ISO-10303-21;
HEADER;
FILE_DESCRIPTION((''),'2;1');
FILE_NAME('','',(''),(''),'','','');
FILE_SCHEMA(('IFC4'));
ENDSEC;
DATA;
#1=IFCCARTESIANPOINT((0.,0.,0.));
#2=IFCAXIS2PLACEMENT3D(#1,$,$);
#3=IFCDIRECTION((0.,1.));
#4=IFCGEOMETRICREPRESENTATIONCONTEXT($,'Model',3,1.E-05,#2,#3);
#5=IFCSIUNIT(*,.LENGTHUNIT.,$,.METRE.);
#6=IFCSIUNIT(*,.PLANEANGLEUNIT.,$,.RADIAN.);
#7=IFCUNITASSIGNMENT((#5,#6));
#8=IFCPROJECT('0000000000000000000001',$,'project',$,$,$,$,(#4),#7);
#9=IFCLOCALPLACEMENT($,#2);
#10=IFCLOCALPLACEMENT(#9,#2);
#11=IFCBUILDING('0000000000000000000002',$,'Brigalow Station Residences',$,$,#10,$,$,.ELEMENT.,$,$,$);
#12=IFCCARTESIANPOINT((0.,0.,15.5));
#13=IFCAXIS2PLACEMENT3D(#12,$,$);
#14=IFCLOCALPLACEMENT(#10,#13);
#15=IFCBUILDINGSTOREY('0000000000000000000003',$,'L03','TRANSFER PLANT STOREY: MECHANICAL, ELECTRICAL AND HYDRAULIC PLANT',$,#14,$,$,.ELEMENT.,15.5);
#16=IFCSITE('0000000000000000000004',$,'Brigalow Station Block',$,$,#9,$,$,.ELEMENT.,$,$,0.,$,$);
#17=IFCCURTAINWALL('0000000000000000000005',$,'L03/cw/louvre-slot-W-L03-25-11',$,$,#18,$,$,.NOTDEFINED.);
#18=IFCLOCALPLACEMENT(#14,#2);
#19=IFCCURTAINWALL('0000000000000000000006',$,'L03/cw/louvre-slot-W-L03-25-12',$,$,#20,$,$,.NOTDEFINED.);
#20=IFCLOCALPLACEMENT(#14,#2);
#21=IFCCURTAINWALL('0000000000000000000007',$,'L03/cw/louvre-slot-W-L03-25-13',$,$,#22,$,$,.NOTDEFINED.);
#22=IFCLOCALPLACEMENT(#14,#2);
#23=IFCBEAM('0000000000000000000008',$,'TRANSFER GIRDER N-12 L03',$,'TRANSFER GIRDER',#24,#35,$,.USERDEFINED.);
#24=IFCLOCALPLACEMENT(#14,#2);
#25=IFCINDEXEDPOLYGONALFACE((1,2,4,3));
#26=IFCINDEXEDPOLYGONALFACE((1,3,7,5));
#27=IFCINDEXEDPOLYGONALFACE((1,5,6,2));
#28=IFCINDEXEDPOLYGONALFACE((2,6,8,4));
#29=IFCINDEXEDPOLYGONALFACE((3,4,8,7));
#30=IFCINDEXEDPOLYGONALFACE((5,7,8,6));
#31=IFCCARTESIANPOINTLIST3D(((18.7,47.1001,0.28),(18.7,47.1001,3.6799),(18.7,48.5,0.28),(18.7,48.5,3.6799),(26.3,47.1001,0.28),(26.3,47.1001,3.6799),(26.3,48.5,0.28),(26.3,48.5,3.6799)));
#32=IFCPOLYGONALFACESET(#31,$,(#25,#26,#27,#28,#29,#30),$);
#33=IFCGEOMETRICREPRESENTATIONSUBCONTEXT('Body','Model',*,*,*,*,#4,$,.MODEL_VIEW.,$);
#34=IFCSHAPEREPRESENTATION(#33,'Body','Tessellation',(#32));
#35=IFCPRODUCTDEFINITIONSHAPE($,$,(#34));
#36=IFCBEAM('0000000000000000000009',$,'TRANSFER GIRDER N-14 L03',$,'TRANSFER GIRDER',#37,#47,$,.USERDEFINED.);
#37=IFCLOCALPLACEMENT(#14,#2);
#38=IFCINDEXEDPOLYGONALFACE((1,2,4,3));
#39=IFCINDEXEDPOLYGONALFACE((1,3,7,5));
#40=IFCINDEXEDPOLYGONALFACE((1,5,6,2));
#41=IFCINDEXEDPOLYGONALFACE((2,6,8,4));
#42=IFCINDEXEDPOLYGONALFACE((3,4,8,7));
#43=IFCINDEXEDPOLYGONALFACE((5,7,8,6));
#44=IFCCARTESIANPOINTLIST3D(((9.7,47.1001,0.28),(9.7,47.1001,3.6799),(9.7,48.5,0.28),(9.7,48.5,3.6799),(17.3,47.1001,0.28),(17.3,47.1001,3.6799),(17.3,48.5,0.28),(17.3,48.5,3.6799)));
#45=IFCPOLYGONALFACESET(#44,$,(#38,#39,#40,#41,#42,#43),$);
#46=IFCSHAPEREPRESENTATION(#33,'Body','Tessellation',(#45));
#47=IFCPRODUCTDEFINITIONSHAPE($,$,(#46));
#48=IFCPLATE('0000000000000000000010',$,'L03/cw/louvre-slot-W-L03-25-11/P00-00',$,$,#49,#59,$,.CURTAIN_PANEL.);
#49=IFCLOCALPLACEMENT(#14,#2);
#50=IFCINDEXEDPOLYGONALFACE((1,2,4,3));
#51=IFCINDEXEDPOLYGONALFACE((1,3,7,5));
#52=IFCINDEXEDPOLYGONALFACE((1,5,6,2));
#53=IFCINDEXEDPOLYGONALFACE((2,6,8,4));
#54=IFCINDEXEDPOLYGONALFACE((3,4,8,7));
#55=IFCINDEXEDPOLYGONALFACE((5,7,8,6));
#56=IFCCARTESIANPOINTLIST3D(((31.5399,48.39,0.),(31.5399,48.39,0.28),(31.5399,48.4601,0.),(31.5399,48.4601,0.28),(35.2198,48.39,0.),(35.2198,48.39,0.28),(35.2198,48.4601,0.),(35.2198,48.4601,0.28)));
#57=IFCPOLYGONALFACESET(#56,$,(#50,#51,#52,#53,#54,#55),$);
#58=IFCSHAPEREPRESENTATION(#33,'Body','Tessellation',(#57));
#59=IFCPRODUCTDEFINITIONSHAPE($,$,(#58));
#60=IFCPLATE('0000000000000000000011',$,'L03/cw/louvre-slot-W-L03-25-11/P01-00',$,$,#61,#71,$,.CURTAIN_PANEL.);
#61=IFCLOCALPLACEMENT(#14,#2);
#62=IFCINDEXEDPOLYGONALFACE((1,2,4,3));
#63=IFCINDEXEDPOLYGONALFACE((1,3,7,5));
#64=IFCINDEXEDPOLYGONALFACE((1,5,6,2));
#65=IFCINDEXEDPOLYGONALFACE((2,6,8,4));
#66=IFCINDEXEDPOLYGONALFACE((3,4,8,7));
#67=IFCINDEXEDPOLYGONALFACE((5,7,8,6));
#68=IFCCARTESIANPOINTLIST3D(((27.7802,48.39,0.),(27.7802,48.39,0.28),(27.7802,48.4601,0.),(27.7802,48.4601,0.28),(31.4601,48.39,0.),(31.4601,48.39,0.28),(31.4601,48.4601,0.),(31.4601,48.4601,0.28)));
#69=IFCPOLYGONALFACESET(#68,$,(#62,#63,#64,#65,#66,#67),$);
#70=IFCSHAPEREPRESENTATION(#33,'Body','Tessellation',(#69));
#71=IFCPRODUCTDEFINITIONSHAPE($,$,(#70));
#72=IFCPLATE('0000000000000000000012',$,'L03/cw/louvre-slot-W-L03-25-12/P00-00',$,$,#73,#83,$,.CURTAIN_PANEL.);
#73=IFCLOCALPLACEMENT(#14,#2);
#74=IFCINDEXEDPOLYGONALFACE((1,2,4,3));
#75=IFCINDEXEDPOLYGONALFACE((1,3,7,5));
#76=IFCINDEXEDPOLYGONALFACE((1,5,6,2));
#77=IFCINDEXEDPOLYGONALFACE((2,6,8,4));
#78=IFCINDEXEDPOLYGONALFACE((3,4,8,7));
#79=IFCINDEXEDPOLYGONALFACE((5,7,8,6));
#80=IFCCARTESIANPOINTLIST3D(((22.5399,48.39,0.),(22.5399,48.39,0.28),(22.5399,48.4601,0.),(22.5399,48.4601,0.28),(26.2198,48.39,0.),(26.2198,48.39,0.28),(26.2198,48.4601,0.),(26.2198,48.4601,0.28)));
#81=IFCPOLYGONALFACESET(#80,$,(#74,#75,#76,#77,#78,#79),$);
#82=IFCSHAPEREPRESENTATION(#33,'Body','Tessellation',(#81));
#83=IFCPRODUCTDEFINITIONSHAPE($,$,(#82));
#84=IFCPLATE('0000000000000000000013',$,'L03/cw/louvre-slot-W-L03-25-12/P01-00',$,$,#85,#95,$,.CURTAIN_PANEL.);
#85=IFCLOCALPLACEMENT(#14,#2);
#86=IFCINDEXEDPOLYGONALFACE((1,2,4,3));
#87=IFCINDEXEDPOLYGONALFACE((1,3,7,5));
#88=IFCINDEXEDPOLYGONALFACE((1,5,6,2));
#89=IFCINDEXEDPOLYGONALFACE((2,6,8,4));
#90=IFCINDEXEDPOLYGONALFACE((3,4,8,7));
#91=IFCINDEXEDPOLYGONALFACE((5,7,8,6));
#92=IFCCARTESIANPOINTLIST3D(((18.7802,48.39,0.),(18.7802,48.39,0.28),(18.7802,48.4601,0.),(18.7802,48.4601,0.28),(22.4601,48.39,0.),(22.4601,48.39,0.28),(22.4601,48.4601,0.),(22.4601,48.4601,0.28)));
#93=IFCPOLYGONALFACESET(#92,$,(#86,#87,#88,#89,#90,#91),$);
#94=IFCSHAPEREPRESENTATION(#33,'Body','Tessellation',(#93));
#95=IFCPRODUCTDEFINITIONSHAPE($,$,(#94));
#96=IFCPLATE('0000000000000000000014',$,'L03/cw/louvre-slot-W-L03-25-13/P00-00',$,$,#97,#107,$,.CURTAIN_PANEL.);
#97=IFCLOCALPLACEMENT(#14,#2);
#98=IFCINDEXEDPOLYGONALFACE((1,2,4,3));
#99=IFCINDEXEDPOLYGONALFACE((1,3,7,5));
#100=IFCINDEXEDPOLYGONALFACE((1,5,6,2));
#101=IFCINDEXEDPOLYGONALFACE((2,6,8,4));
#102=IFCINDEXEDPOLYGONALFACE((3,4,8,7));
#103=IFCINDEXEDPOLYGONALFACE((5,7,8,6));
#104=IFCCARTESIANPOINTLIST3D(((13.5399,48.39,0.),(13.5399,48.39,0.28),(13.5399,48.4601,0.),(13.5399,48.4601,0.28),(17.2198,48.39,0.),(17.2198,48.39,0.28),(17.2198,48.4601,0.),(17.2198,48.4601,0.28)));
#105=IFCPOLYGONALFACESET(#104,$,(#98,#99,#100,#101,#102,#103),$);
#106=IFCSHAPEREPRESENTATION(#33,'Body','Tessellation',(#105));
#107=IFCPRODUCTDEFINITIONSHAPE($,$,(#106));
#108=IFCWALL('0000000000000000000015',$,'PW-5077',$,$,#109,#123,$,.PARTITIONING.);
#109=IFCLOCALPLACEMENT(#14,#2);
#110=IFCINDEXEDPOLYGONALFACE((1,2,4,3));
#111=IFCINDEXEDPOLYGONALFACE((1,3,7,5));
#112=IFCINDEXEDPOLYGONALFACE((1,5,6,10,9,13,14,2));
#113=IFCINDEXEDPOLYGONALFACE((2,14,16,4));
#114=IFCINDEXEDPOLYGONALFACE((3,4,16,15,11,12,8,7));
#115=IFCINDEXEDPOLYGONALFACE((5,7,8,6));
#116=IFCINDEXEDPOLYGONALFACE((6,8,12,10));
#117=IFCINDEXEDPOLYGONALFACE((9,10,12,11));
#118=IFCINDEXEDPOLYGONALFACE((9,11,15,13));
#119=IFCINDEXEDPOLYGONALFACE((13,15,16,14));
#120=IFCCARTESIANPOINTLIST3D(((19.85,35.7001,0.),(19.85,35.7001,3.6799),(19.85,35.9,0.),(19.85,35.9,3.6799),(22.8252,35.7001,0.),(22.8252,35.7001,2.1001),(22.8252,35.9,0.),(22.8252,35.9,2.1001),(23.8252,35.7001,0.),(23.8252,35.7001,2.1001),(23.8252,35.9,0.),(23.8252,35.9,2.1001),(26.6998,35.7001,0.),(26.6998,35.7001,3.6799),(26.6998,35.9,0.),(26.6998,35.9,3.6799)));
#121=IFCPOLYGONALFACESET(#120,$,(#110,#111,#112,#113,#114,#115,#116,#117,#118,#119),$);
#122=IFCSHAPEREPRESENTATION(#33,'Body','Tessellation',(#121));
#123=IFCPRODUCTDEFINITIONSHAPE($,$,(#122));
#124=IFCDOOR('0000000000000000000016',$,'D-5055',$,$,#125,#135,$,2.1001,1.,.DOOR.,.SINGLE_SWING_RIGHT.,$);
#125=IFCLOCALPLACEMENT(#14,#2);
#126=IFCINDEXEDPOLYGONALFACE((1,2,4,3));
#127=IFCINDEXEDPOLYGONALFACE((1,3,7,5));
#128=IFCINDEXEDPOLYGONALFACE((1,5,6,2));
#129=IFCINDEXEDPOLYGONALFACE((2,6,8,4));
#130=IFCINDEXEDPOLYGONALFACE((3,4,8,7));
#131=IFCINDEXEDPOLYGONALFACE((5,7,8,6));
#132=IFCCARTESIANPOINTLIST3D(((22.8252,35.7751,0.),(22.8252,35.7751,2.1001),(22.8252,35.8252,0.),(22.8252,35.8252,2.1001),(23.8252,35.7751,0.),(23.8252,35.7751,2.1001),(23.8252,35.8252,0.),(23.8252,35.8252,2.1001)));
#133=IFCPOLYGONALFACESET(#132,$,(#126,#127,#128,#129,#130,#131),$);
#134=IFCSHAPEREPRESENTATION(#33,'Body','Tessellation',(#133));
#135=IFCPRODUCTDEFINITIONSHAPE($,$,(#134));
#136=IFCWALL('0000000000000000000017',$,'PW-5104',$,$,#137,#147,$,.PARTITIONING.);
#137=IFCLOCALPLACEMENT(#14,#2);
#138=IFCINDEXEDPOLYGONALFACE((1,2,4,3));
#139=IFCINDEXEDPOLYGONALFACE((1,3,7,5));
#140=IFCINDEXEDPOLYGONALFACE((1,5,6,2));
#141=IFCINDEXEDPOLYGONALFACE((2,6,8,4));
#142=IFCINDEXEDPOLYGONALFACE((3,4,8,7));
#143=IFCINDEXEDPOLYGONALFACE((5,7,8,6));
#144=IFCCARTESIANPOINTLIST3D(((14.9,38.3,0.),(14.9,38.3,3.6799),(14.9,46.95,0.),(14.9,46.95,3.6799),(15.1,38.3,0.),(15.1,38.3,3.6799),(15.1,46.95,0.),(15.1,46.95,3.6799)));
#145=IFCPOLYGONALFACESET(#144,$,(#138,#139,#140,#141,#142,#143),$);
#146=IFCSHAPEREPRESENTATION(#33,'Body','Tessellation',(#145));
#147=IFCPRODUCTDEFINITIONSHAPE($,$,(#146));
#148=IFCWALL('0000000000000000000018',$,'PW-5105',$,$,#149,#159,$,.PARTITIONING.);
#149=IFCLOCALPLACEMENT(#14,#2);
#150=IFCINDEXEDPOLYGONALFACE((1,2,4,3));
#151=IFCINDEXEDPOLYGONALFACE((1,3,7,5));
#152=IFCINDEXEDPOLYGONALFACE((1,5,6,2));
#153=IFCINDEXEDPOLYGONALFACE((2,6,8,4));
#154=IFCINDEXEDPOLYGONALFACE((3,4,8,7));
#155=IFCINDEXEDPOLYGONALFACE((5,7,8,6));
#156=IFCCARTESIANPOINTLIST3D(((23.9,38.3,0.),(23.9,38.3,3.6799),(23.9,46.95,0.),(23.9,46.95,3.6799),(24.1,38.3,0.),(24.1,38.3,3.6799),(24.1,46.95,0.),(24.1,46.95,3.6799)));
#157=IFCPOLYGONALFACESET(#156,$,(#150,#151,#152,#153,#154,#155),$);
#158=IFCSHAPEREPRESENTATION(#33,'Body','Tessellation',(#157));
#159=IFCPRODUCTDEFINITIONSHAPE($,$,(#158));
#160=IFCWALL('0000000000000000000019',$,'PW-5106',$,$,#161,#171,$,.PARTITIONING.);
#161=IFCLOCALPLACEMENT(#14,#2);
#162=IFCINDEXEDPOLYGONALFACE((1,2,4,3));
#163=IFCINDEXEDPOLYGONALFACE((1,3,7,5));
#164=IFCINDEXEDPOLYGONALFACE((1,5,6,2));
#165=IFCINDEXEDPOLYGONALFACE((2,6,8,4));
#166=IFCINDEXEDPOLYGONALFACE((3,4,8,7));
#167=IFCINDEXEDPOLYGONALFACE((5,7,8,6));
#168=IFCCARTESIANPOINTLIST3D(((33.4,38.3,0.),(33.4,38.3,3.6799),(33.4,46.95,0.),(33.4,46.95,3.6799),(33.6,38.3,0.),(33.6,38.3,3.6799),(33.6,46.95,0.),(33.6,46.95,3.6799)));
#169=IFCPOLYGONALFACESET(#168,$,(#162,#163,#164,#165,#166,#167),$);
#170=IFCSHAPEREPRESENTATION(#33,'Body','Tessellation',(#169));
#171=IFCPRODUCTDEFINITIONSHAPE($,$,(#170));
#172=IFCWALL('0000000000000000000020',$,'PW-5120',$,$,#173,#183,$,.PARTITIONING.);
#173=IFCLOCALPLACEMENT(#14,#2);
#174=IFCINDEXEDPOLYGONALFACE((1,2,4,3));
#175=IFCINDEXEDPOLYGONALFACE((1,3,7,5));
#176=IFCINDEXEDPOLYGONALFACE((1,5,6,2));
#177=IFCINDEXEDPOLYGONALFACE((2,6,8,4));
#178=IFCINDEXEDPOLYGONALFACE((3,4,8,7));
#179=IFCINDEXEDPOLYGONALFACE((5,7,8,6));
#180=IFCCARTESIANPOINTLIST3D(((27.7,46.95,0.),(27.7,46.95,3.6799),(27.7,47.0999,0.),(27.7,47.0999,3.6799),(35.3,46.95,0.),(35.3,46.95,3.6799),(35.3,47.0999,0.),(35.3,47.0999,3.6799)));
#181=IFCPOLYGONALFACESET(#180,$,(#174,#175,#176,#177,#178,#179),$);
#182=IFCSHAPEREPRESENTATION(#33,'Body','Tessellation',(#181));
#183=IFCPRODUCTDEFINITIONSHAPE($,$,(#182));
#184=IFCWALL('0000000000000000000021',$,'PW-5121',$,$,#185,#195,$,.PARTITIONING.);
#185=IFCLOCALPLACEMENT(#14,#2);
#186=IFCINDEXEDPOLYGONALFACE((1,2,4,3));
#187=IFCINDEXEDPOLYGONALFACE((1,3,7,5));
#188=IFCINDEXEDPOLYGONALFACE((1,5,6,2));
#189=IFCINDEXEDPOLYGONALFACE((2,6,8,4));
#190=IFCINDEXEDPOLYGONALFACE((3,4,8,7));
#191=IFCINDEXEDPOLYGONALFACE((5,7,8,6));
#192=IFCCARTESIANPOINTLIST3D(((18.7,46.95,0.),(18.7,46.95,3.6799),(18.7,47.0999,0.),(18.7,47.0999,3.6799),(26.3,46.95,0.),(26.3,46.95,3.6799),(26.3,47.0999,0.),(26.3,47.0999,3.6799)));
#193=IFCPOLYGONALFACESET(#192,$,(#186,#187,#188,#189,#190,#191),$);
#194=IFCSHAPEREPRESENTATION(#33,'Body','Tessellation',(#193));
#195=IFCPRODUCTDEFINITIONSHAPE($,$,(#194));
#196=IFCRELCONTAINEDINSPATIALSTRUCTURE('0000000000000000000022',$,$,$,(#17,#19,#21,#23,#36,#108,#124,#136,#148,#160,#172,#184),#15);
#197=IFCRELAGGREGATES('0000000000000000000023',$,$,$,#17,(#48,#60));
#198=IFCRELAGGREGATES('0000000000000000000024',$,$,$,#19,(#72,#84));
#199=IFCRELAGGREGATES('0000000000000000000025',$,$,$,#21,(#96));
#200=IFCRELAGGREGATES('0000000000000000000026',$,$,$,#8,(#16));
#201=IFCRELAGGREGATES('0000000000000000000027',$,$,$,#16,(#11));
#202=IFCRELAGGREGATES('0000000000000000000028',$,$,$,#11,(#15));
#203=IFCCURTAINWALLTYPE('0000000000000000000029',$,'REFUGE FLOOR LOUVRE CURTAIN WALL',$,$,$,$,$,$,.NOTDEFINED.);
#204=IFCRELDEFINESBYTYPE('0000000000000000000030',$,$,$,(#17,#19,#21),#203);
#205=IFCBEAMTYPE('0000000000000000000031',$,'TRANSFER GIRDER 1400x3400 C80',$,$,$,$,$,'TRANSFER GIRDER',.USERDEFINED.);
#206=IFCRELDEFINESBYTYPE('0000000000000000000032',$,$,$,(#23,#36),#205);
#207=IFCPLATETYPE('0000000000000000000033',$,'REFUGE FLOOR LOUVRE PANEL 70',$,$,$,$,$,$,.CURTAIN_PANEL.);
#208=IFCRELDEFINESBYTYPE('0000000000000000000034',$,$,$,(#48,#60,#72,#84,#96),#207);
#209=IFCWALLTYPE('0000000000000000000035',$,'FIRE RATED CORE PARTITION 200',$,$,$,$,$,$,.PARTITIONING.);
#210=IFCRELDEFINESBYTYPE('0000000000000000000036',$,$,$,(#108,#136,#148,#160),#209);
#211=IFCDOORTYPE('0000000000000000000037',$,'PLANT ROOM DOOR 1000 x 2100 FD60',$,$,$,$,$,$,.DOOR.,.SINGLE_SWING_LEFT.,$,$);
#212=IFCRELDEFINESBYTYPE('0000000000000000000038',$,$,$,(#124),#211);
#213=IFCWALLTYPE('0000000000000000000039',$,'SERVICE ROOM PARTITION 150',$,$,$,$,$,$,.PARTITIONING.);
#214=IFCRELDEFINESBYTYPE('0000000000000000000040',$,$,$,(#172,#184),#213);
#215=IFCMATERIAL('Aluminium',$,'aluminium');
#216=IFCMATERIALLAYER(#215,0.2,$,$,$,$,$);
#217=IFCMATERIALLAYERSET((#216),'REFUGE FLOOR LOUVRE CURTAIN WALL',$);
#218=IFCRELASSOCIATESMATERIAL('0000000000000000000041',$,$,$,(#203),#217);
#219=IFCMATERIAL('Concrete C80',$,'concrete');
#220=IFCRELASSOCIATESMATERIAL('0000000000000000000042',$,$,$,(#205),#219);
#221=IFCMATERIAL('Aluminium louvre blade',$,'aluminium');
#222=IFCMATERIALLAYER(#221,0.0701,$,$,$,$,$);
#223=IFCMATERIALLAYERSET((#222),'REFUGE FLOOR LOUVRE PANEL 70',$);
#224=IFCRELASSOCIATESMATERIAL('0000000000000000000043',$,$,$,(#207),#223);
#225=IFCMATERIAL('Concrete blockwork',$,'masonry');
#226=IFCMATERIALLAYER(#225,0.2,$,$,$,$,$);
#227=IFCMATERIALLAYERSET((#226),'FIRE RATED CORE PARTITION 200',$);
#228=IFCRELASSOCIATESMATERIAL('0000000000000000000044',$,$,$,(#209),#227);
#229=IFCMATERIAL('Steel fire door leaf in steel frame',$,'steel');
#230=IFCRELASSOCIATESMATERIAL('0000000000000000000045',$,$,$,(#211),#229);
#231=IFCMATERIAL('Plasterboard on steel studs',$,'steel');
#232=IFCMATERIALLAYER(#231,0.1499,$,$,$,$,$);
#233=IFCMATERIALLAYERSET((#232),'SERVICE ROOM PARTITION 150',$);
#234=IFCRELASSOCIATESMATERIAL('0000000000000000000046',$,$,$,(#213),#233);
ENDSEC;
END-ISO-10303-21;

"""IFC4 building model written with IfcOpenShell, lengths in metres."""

from ifc_helpers import new_model, si_unit, direction, frame, frame_2d, origin, origin_2d, place, context, subcontext, project, spatial, rectangle, extrude, material, layer, layer_set, material_profile, profile_set, type_object, element, fill, aggregate, save


model = new_model("IFC4")

# Units and contexts
model_context = context("Model", 3, precision=1e-05, world=origin(), true_north=direction((0.0, 1.0)))
body_context = subcontext(model_context, "Body", "Model", "MODEL_VIEW")
ifc_project = project(units=[si_unit("LENGTHUNIT", "METRE"), si_unit("PLANEANGLEUNIT", "RADIAN")], contexts=[model_context])

# Site, building, storey
site_placement = place(None, origin())
site = spatial("IfcSite", under=ifc_project, at=site_placement, Name="Brigalow Station Block", CompositionType="ELEMENT", RefElevation=0.0)
building_placement = place(site_placement, origin())
building = spatial("IfcBuilding", under=site, at=building_placement, Name="Brigalow Station Residences", CompositionType="ELEMENT")
storey_placement = place(building_placement, frame((0.0, 0.0, 15.5)))
storey = spatial("IfcBuildingStorey", under=building, at=storey_placement, Name="L03", Description="TRANSFER PLANT STOREY: MECHANICAL, ELECTRICAL AND HYDRAULIC PLANT", CompositionType="ELEMENT", Elevation=15.5)

# Curtain walls
ifc_material_1 = material(Name="Aluminium", Category="aluminium")
ifc_layer_1 = layer(ifc_material_1, 0.2)
ifc_layer_set_1 = layer_set([ifc_layer_1], Name="REFUGE FLOOR LOUVRE CURTAIN WALL")
curtain_wall_type_1 = type_object("IfcCurtainWallType", Name="REFUGE FLOOR LOUVRE CURTAIN WALL", PredefinedType="NOTDEFINED", material=ifc_layer_set_1)
curtain_wall_1_placement = place(storey_placement, origin())
curtain_wall_1 = element("IfcCurtainWall", 1, at=curtain_wall_1_placement, inside=storey, type_object=curtain_wall_type_1, Name="L03/cw/louvre-slot-W-L03-25-11", PredefinedType="NOTDEFINED")
curtain_wall_2_placement = place(storey_placement, origin())
curtain_wall_2 = element("IfcCurtainWall", 2, at=curtain_wall_2_placement, inside=storey, type_object=curtain_wall_type_1, Name="L03/cw/louvre-slot-W-L03-25-12", PredefinedType="NOTDEFINED")

# Curtain wall
curtain_wall_3_placement = place(storey_placement, origin())
curtain_wall_3 = element("IfcCurtainWall", 3, at=curtain_wall_3_placement, inside=storey, type_object=curtain_wall_type_1, Name="L03/cw/louvre-slot-W-L03-25-13", PredefinedType="NOTDEFINED")

# Beams
ifc_material_2 = material(Name="Concrete C80", Category="concrete")
ifc_material_profile_1 = material_profile(ifc_material_2, rectangle(XDim=1.3999, YDim=3.3999, at=origin_2d()), Name="RC1400x3400")
ifc_profile_set_1 = profile_set([ifc_material_profile_1], Name="Concrete C80")
beam_type_1 = type_object("IfcBeamType", Name="TRANSFER GIRDER 1400x3400 C80", ElementType="TRANSFER GIRDER", PredefinedType="USERDEFINED", material=ifc_profile_set_1)
for number, where, z_axis, x_axis, name in (
    (4, (26.3, 47.8, 1.98), (-1.0, 0.0, 0.0), (0.0, -1.0, 0.0), "TRANSFER GIRDER N-12 L03"),
    (5, (17.3, 47.8, 1.98), (-1.0, 0.0, 0.0), (0.0, -1.0, 0.0), "TRANSFER GIRDER N-14 L03"),
):
    element("IfcBeam", number, at=place(storey_placement, frame(where, z_axis=z_axis, x_axis=x_axis)), inside=storey, type_object=beam_type_1, Name=name, ObjectType="TRANSFER GIRDER", PredefinedType="USERDEFINED", context=body_context, shape_type="SweptSolid", body=[
        extrude(rectangle(XDim=1.3999, YDim=3.3999, at=origin_2d()), origin(), (0.0, 0.0, 1.0), 7.6001),
    ])

# Plates
ifc_material_3 = material(Name="Aluminium louvre blade", Category="aluminium")
ifc_layer_2 = layer(ifc_material_3, 0.0701)
ifc_layer_set_2 = layer_set([ifc_layer_2], Name="REFUGE FLOOR LOUVRE PANEL 70")
plate_type = type_object("IfcPlateType", Name="REFUGE FLOOR LOUVRE PANEL 70", PredefinedType="CURTAIN_PANEL", material=ifc_layer_set_2)
plate_1_placement = place(storey_placement, frame((33.3799, 48.425, 0.0), z_axis=(0.0, 0.0, 1.0), x_axis=(-1.0, 0.0, 0.0)))
plate_1 = element("IfcPlate", 6, at=plate_1_placement, type_object=plate_type, Name="L03/cw/louvre-slot-W-L03-25-11/P00-00", PredefinedType="CURTAIN_PANEL", context=body_context, shape_type="SweptSolid", body=[
    extrude(rectangle(XDim=3.6799, YDim=0.0701, at=origin_2d()), origin(), (0.0, 0.0, 1.0), 0.28),
])
plate_2_placement = place(storey_placement, frame((29.6201, 48.425, 0.0), z_axis=(0.0, 0.0, 1.0), x_axis=(-1.0, 0.0, 0.0)))
plate_2 = element("IfcPlate", 7, at=plate_2_placement, type_object=plate_type, Name="L03/cw/louvre-slot-W-L03-25-11/P01-00", PredefinedType="CURTAIN_PANEL", context=body_context, shape_type="SweptSolid", body=[
    extrude(rectangle(XDim=3.6799, YDim=0.0701, at=origin_2d()), origin(), (0.0, 0.0, 1.0), 0.28),
])
aggregate(curtain_wall_1, [plate_1, plate_2])
plate_3_placement = place(storey_placement, frame((24.3799, 48.425, 0.0), z_axis=(0.0, 0.0, 1.0), x_axis=(-1.0, 0.0, 0.0)))
plate_3 = element("IfcPlate", 8, at=plate_3_placement, type_object=plate_type, Name="L03/cw/louvre-slot-W-L03-25-12/P00-00", PredefinedType="CURTAIN_PANEL", context=body_context, shape_type="SweptSolid", body=[
    extrude(rectangle(XDim=3.6799, YDim=0.0701, at=origin_2d()), origin(), (0.0, 0.0, 1.0), 0.28),
])
plate_4_placement = place(storey_placement, frame((20.6201, 48.425, 0.0), z_axis=(0.0, 0.0, 1.0), x_axis=(-1.0, 0.0, 0.0)))
plate_4 = element("IfcPlate", 9, at=plate_4_placement, type_object=plate_type, Name="L03/cw/louvre-slot-W-L03-25-12/P01-00", PredefinedType="CURTAIN_PANEL", context=body_context, shape_type="SweptSolid", body=[
    extrude(rectangle(XDim=3.6799, YDim=0.0701, at=origin_2d()), origin(), (0.0, 0.0, 1.0), 0.28),
])
aggregate(curtain_wall_2, [plate_3, plate_4])
plate_5_placement = place(storey_placement, frame((15.3799, 48.425, 0.0), z_axis=(0.0, 0.0, 1.0), x_axis=(-1.0, 0.0, 0.0)))
plate_5 = element("IfcPlate", 10, at=plate_5_placement, type_object=plate_type, Name="L03/cw/louvre-slot-W-L03-25-13/P00-00", PredefinedType="CURTAIN_PANEL", context=body_context, shape_type="SweptSolid", body=[
    extrude(rectangle(XDim=3.6799, YDim=0.0701, at=origin_2d()), origin(), (0.0, 0.0, 1.0), 0.28),
])
aggregate(curtain_wall_3, [plate_5])

# Wall, opening, door
ifc_material_4 = material(Name="Concrete blockwork", Category="masonry")
ifc_layer_3 = layer(ifc_material_4, 0.2)
ifc_layer_set_3 = layer_set([ifc_layer_3], Name="FIRE RATED CORE PARTITION 200")
wall_type_1 = type_object("IfcWallType", Name="FIRE RATED CORE PARTITION 200", PredefinedType="PARTITIONING", material=ifc_layer_set_3)
wall_placement = place(storey_placement, frame((19.8501, 35.8, 0.0), z_axis=(0.0, 0.0, 1.0), x_axis=(1.0, 0.0, 0.0)))
wall = element("IfcWall", 11, at=wall_placement, inside=storey, type_object=wall_type_1, Name="PW-5077", PredefinedType="PARTITIONING", context=body_context, shape_type="SweptSolid", body=[
    extrude(rectangle(XDim=6.8499, YDim=0.2, at=frame_2d((3.4248, 0.0))), origin(), (0.0, 0.0, 1.0), 3.6799),
])
opening_placement = place(wall_placement, frame((2.9751, 0.0, 0.0)))
opening = element("IfcOpeningElement", 12, at=opening_placement, cuts=wall, PredefinedType="OPENING", context=body_context, shape_type="SweptSolid", body=[
    extrude(rectangle(XDim=1.0, YDim=2.1001, at=frame_2d((0.5, 1.05))), frame((0.0, 0.1099, 0.0), z_axis=(0.0, -1.0, 0.0), x_axis=(1.0, 0.0, 0.0)), (0.0, 0.0, 1.0), 0.22),
])
ifc_material_5 = material(Name="Steel fire door leaf in steel frame", Category="steel")
door_type = type_object("IfcDoorType", Name="PLANT ROOM DOOR 1000 x 2100 FD60", OperationType="SINGLE_SWING_LEFT", PredefinedType="DOOR", material=ifc_material_5)
door_placement = place(opening_placement, frame((1.0, 0.0, 0.0), z_axis=(0.0, 0.0, 1.0), x_axis=(-1.0, 0.0, 0.0)))
door = element("IfcDoor", 13, at=door_placement, inside=storey, type_object=door_type, Name="D-5055", OperationType="SINGLE_SWING_RIGHT", OverallHeight=2.1001, OverallWidth=1.0, PredefinedType="DOOR", context=body_context, shape_type="SweptSolid", body=[
    extrude(rectangle(XDim=1.0, YDim=2.1001, at=frame_2d((0.5, 1.05))), frame((0.0, 0.0249, 0.0), z_axis=(0.0, -1.0, 0.0), x_axis=(1.0, 0.0, 0.0)), (0.0, 0.0, 1.0), 0.05),
])
fill(opening, door)

# Walls
for number, where, z_axis, x_axis, name in (
    (14, (15.0, 38.3, 0.0), (0.0, 0.0, 1.0), (0.0, 1.0, 0.0), "PW-5104"),
    (15, (24.0, 38.3, 0.0), (0.0, 0.0, 1.0), (0.0, 1.0, 0.0), "PW-5105"),
    (16, (33.5, 38.3, 0.0), (0.0, 0.0, 1.0), (0.0, 1.0, 0.0), "PW-5106"),
):
    element("IfcWall", number, at=place(storey_placement, frame(where, z_axis=z_axis, x_axis=x_axis)), inside=storey, type_object=wall_type_1, Name=name, PredefinedType="PARTITIONING", context=body_context, shape_type="SweptSolid", body=[
        extrude(rectangle(XDim=8.6499, YDim=0.2, at=frame_2d((4.325, 0.0))), origin(), (0.0, 0.0, 1.0), 3.6799),
    ])
ifc_material_6 = material(Name="Plasterboard on steel studs", Category="steel")
ifc_layer_4 = layer(ifc_material_6, 0.1499)
ifc_layer_set_4 = layer_set([ifc_layer_4], Name="SERVICE ROOM PARTITION 150")
wall_type_2 = type_object("IfcWallType", Name="SERVICE ROOM PARTITION 150", PredefinedType="PARTITIONING", material=ifc_layer_set_4)
for number, where, z_axis, x_axis, name in (
    (17, (27.7, 47.0249, 0.0), (0.0, 0.0, 1.0), (1.0, 0.0, 0.0), "PW-5120"),
    (18, (18.7, 47.0249, 0.0), (0.0, 0.0, 1.0), (1.0, 0.0, 0.0), "PW-5121"),
):
    element("IfcWall", number, at=place(storey_placement, frame(where, z_axis=z_axis, x_axis=x_axis)), inside=storey, type_object=wall_type_2, Name=name, PredefinedType="PARTITIONING", context=body_context, shape_type="SweptSolid", body=[
        extrude(rectangle(XDim=7.6001, YDim=0.1499, at=frame_2d((3.8, 0.0))), origin(), (0.0, 0.0, 1.0), 3.6799),
    ])

save(model, "model.ifc")
